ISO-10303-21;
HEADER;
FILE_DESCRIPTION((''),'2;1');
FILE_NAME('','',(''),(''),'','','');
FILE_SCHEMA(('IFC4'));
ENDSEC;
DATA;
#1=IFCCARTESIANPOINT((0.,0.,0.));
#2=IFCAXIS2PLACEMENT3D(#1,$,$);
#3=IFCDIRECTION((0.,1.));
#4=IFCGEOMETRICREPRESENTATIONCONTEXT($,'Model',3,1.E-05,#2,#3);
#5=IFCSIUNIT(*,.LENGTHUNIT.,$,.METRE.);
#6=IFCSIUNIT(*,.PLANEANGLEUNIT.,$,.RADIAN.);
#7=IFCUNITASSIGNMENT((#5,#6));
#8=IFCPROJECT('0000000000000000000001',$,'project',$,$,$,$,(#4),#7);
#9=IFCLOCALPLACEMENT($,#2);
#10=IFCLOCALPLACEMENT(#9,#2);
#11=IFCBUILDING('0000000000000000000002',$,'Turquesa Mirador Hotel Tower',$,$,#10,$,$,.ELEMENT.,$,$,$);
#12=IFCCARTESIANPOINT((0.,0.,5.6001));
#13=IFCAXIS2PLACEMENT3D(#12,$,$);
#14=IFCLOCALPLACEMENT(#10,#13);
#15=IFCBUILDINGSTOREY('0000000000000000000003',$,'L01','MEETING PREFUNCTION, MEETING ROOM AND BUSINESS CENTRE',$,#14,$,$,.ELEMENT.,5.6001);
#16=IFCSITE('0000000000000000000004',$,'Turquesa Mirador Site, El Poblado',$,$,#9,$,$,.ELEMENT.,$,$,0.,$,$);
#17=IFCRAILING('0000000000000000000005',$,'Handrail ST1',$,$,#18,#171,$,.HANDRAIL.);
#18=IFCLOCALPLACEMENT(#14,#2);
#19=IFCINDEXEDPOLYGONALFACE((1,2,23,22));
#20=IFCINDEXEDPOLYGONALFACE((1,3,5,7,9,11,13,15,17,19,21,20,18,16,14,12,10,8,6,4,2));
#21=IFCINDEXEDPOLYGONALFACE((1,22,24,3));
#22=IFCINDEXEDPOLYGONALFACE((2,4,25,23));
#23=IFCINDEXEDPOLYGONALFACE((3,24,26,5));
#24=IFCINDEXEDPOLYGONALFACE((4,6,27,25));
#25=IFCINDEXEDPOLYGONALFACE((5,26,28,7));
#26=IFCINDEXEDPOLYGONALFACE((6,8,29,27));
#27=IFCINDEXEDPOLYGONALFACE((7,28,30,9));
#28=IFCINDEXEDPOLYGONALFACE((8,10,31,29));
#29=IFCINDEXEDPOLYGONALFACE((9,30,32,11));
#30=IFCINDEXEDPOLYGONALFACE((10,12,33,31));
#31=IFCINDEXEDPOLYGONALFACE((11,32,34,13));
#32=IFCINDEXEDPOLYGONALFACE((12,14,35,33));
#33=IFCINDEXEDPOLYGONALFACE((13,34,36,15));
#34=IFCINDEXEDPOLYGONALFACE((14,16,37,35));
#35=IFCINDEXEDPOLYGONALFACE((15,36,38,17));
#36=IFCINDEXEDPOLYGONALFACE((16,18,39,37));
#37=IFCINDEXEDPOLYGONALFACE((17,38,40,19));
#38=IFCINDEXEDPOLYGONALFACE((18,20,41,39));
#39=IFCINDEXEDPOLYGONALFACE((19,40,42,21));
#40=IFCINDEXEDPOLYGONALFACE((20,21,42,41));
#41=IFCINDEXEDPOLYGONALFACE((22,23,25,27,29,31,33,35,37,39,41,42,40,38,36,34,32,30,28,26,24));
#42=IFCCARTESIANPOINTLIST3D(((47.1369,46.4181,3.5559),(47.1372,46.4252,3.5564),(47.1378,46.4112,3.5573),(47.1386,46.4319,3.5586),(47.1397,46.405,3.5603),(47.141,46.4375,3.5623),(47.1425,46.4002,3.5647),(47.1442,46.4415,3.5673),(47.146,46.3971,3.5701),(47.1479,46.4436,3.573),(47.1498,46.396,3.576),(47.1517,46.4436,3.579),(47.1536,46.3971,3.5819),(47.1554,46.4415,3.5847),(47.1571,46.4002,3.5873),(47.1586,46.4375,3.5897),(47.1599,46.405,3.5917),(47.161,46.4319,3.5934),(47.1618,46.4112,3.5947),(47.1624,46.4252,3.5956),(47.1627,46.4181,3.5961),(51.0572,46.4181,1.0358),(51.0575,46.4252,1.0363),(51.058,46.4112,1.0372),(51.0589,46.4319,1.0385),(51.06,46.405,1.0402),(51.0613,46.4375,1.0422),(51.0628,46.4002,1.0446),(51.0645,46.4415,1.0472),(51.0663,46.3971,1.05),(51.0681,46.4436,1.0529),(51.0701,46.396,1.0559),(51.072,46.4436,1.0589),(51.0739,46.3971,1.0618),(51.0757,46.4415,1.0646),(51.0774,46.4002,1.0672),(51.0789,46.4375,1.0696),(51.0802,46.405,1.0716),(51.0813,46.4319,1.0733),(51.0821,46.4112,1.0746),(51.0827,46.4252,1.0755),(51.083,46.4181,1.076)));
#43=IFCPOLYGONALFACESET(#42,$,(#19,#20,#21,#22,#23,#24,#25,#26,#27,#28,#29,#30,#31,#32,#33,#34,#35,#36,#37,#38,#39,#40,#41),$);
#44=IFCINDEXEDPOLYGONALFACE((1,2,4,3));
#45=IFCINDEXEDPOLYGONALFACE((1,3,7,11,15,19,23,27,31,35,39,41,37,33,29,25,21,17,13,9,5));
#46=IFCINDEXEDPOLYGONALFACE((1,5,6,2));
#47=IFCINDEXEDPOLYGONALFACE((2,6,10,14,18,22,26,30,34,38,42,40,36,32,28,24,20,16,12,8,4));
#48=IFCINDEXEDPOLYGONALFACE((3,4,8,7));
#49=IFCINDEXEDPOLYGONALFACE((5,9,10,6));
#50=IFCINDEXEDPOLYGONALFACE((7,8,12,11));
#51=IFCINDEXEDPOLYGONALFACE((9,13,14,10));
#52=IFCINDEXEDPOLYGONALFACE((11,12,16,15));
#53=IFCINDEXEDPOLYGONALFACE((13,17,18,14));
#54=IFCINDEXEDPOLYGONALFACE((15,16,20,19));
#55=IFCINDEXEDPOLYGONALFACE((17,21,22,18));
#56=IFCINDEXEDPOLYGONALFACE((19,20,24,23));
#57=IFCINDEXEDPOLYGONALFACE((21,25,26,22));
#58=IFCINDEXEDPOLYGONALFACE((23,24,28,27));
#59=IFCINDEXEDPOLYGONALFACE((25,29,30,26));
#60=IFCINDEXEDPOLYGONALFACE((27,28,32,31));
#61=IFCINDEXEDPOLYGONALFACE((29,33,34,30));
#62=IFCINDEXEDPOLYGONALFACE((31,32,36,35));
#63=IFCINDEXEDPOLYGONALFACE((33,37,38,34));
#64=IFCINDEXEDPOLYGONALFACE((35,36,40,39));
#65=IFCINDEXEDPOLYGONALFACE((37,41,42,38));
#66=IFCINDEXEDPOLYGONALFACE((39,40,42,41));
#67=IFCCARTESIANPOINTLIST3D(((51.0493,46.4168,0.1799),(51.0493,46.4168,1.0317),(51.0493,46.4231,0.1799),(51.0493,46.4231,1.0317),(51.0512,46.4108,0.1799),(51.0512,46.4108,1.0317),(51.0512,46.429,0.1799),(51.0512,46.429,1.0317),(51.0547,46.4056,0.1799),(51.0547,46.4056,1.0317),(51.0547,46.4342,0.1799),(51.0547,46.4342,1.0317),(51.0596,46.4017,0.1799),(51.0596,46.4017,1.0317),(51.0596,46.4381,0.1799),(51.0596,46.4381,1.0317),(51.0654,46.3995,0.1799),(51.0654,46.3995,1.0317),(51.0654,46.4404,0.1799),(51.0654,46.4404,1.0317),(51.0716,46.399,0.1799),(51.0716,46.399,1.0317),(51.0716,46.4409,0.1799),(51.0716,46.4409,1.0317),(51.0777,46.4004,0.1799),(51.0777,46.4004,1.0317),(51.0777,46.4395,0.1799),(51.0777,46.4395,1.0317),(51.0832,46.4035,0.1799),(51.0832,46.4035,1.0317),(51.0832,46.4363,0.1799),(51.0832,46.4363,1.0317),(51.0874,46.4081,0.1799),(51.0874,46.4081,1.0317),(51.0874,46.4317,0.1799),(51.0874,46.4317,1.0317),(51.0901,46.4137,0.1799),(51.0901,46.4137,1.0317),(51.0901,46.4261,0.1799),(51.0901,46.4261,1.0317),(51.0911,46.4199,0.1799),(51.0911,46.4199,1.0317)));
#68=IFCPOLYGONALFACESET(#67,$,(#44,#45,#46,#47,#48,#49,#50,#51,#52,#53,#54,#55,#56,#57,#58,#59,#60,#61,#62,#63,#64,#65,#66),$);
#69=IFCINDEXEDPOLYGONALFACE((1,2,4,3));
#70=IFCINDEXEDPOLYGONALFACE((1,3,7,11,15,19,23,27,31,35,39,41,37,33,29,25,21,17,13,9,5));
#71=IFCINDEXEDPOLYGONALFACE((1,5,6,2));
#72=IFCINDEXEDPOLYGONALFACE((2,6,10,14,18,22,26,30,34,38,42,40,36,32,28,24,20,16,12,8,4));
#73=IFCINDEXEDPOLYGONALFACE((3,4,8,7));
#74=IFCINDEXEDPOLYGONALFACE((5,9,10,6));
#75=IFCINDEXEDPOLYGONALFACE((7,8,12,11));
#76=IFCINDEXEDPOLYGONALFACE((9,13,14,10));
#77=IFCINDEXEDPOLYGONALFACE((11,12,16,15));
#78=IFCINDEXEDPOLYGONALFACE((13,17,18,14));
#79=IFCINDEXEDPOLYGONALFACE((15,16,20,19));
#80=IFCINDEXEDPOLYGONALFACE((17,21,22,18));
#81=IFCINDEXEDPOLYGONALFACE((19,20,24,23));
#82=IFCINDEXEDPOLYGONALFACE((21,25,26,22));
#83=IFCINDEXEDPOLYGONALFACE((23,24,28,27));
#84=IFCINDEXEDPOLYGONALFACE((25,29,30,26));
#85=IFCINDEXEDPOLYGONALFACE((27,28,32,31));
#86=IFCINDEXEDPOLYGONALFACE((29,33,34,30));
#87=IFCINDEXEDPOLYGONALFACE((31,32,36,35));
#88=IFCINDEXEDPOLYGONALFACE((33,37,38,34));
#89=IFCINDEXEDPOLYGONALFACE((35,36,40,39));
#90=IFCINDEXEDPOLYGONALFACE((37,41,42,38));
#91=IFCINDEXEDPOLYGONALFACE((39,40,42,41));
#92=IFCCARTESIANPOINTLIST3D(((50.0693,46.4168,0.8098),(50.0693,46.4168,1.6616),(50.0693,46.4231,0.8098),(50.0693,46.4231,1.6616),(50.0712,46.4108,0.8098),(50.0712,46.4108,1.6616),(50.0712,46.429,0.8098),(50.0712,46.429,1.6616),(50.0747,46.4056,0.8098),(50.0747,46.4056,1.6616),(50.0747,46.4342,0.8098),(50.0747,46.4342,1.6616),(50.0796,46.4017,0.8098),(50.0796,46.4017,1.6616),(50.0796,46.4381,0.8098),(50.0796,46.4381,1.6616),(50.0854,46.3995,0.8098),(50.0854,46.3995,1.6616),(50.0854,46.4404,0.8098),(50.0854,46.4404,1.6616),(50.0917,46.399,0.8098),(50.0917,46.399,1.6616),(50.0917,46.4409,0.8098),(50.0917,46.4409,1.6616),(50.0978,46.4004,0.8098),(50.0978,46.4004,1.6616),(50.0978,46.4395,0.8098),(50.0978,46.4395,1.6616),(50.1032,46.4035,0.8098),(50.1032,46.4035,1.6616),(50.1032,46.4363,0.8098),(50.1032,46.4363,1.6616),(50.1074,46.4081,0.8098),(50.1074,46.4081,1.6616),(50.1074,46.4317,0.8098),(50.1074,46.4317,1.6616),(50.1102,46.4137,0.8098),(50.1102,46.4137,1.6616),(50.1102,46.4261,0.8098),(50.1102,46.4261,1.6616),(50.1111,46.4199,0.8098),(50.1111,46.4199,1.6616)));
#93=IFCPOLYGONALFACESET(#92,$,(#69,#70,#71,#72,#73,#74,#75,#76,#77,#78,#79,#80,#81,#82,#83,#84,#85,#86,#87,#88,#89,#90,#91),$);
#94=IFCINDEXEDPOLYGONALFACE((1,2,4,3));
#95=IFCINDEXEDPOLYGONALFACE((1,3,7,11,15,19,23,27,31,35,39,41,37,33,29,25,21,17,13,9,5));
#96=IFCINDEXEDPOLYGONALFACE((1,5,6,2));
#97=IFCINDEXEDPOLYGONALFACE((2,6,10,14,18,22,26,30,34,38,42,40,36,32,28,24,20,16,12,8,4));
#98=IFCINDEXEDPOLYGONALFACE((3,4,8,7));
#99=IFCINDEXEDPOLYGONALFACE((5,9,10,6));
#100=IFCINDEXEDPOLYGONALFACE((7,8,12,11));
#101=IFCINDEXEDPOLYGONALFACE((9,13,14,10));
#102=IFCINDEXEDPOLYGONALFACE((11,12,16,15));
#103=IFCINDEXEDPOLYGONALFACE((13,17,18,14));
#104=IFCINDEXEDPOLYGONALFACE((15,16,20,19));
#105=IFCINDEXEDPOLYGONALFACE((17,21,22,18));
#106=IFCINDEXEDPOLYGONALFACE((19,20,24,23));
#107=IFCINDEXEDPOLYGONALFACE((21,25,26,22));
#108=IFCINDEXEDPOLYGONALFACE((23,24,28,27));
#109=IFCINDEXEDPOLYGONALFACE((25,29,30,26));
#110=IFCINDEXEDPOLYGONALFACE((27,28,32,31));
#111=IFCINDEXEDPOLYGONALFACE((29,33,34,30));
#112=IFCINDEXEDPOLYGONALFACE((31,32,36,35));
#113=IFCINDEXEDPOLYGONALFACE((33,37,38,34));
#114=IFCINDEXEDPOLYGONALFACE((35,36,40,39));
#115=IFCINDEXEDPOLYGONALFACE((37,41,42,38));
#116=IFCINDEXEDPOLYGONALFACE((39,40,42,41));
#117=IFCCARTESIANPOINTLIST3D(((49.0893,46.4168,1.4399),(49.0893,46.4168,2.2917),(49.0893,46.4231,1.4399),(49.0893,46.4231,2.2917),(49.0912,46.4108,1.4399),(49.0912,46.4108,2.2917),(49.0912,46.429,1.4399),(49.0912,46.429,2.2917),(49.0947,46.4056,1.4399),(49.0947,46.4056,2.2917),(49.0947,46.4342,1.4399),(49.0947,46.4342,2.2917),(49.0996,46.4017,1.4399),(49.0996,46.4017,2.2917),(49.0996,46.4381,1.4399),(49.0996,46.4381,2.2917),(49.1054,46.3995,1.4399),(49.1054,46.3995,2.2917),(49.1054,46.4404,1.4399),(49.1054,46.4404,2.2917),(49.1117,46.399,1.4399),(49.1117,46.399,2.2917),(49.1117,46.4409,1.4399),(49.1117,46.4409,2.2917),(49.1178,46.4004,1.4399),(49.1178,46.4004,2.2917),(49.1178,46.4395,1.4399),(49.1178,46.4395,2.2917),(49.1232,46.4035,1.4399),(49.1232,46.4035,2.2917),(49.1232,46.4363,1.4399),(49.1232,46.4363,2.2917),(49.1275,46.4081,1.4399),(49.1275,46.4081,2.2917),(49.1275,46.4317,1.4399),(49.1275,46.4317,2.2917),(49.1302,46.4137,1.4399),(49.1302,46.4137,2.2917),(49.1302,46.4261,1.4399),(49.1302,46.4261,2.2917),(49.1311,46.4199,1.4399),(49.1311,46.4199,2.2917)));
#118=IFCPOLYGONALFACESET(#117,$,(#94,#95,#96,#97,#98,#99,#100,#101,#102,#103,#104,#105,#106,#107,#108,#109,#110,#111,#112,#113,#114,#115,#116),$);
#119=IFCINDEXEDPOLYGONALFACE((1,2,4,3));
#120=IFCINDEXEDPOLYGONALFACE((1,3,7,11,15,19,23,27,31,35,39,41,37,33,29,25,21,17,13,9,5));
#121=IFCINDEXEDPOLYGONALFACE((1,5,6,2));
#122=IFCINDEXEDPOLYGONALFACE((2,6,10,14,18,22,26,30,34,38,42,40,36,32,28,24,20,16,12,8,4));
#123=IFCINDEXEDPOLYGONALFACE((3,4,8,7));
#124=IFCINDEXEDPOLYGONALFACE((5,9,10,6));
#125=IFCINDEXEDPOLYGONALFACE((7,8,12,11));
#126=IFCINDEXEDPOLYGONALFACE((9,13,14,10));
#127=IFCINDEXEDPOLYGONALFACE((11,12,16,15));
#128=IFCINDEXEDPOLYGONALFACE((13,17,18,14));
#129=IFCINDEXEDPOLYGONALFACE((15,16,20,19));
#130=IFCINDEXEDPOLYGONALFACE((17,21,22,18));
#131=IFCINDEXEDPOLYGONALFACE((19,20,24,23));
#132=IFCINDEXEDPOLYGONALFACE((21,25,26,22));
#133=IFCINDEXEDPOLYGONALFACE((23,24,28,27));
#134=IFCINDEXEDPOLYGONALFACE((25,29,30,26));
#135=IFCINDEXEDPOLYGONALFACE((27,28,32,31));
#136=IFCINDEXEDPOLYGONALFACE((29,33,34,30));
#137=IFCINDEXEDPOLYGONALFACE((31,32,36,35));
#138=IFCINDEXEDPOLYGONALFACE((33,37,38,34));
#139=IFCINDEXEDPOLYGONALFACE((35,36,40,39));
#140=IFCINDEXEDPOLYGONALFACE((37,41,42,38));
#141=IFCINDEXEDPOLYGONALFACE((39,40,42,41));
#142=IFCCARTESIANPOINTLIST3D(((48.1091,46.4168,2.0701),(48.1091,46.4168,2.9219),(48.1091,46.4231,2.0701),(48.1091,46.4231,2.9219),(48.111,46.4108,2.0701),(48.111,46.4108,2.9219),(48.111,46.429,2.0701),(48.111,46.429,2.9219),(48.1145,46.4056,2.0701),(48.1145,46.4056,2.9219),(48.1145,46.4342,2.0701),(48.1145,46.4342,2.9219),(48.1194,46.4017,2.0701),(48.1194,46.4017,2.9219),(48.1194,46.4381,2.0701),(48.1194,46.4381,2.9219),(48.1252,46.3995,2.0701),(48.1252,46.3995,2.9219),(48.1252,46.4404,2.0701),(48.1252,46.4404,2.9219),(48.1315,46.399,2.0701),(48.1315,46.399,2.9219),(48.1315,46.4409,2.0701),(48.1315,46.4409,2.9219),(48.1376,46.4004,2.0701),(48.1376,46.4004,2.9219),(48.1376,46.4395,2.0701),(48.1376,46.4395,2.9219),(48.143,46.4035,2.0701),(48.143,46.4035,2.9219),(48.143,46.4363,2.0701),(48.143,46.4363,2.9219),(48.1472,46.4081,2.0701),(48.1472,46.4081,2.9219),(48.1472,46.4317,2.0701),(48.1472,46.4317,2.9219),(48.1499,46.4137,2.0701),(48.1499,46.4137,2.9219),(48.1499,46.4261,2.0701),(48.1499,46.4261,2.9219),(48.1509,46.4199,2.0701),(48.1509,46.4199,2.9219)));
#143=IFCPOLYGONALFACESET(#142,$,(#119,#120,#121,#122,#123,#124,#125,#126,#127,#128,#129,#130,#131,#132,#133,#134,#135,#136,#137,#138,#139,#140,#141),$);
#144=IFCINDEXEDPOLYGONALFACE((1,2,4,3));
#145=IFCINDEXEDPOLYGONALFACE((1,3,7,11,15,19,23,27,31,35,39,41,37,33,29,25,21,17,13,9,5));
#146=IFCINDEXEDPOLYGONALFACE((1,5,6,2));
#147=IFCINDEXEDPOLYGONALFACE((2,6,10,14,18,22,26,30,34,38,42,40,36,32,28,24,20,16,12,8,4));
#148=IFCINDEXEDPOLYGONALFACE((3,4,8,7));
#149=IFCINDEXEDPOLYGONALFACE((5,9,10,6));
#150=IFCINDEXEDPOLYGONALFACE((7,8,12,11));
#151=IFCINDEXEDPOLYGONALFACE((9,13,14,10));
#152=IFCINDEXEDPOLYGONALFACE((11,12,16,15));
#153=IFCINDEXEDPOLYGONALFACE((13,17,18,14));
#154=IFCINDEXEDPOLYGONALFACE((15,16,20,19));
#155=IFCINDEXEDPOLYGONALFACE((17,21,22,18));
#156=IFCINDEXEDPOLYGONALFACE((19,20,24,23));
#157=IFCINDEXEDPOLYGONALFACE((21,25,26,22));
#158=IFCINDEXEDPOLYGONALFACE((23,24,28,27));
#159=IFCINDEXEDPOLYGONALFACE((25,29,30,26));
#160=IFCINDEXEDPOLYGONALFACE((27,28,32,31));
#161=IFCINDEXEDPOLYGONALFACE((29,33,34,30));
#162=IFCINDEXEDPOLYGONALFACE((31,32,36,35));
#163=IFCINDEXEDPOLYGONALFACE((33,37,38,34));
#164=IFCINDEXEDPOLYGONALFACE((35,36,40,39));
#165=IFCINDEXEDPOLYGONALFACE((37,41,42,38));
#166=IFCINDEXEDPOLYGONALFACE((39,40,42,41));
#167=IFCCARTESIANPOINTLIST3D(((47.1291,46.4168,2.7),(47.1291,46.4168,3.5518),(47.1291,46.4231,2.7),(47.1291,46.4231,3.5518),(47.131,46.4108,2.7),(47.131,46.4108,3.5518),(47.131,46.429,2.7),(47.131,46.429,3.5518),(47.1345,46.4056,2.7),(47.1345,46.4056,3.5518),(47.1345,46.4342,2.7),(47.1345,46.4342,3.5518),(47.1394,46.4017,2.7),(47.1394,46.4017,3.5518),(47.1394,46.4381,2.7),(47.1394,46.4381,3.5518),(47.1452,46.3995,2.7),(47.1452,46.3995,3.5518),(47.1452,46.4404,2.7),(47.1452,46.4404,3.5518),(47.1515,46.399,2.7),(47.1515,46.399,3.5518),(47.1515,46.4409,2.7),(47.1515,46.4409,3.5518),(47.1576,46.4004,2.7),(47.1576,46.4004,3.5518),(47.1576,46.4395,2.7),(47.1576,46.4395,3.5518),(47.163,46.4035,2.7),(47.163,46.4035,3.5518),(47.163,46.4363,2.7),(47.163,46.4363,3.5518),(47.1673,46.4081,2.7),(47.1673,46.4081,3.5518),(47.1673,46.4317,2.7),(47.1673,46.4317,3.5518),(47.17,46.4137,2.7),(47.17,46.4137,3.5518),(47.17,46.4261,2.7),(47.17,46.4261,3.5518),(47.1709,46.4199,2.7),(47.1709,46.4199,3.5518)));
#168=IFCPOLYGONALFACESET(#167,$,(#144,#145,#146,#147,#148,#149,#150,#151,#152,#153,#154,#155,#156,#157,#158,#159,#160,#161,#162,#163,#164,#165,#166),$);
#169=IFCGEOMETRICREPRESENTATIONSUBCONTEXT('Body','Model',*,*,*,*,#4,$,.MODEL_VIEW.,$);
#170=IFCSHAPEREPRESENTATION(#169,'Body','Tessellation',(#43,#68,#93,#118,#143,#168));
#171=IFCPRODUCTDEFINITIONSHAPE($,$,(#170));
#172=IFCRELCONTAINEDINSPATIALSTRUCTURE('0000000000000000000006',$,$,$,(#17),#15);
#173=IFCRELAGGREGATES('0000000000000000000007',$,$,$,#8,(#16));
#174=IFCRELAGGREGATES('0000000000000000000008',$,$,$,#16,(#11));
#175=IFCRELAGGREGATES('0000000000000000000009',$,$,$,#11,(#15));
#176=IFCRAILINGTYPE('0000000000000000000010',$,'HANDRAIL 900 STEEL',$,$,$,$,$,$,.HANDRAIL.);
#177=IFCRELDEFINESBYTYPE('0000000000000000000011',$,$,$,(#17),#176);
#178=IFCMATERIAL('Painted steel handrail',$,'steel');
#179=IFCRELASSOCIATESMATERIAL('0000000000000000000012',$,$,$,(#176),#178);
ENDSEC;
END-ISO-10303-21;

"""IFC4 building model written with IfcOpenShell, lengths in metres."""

from ifc_helpers import new_model, si_unit, direction, frame, origin, origin_2d, place, context, subcontext, project, spatial, circle, extrude, material, type_object, element, save


model = new_model("IFC4")

# Units and contexts
model_context = context("Model", 3, precision=1e-05, world=origin(), true_north=direction((0.0, 1.0)))
body_context = subcontext(model_context, "Body", "Model", "MODEL_VIEW")
ifc_project = project(units=[si_unit("LENGTHUNIT", "METRE"), si_unit("PLANEANGLEUNIT", "RADIAN")], contexts=[model_context])

# Site, building, storey
site_placement = place(None, origin())
site = spatial("IfcSite", under=ifc_project, at=site_placement, Name="Turquesa Mirador Site, El Poblado", CompositionType="ELEMENT", RefElevation=0.0)
building_placement = place(site_placement, origin())
building = spatial("IfcBuilding", under=site, at=building_placement, Name="Turquesa Mirador Hotel Tower", CompositionType="ELEMENT")
storey_placement = place(building_placement, frame((0.0, 0.0, 5.6001)))
storey = spatial("IfcBuildingStorey", under=building, at=storey_placement, Name="L01", Description="MEETING PREFUNCTION, MEETING ROOM AND BUSINESS CENTRE", CompositionType="ELEMENT", Elevation=5.6001)

# Railing
ifc_material_1 = material(Name="Painted steel handrail", Category="steel")
railing_type = type_object("IfcRailingType", Name="HANDRAIL 900 STEEL", PredefinedType="HANDRAIL", material=ifc_material_1)
railing_1_placement = place(storey_placement, frame((51.0701, 46.4199, 0.1799)))
element("IfcRailing", 1, at=railing_1_placement, inside=storey, type_object=railing_type, Name="Handrail ST1", PredefinedType="HANDRAIL", context=body_context, shape_type="SweptSolid", body=[
    extrude(circle(Radius=0.0239, at=origin_2d()), frame((0.0, 0.0, 0.876), z_axis=(-0.841187, 0.0, 0.540744), x_axis=(0.0, -1.0, 0.0)), (0.0, 0.0, 1.0), 4.6604),
    extrude(circle(Radius=0.021, at=origin_2d()), origin(), (0.0, 0.0, 1.0), 0.8518),
    extrude(circle(Radius=0.021, at=origin_2d()), frame((-0.98, 0.0, 0.6299)), (0.0, 0.0, 1.0), 0.8518),
    extrude(circle(Radius=0.021, at=origin_2d()), frame((-1.96, 0.0, 1.26)), (0.0, 0.0, 1.0), 0.8518),
    extrude(circle(Radius=0.021, at=origin_2d()), frame((-2.9402, 0.0, 1.8901)), (0.0, 0.0, 1.0), 0.8518),
    extrude(circle(Radius=0.021, at=origin_2d()), frame((-3.9202, 0.0, 2.52)), (0.0, 0.0, 1.0), 0.8518),
])

save(model, "model.ifc")
